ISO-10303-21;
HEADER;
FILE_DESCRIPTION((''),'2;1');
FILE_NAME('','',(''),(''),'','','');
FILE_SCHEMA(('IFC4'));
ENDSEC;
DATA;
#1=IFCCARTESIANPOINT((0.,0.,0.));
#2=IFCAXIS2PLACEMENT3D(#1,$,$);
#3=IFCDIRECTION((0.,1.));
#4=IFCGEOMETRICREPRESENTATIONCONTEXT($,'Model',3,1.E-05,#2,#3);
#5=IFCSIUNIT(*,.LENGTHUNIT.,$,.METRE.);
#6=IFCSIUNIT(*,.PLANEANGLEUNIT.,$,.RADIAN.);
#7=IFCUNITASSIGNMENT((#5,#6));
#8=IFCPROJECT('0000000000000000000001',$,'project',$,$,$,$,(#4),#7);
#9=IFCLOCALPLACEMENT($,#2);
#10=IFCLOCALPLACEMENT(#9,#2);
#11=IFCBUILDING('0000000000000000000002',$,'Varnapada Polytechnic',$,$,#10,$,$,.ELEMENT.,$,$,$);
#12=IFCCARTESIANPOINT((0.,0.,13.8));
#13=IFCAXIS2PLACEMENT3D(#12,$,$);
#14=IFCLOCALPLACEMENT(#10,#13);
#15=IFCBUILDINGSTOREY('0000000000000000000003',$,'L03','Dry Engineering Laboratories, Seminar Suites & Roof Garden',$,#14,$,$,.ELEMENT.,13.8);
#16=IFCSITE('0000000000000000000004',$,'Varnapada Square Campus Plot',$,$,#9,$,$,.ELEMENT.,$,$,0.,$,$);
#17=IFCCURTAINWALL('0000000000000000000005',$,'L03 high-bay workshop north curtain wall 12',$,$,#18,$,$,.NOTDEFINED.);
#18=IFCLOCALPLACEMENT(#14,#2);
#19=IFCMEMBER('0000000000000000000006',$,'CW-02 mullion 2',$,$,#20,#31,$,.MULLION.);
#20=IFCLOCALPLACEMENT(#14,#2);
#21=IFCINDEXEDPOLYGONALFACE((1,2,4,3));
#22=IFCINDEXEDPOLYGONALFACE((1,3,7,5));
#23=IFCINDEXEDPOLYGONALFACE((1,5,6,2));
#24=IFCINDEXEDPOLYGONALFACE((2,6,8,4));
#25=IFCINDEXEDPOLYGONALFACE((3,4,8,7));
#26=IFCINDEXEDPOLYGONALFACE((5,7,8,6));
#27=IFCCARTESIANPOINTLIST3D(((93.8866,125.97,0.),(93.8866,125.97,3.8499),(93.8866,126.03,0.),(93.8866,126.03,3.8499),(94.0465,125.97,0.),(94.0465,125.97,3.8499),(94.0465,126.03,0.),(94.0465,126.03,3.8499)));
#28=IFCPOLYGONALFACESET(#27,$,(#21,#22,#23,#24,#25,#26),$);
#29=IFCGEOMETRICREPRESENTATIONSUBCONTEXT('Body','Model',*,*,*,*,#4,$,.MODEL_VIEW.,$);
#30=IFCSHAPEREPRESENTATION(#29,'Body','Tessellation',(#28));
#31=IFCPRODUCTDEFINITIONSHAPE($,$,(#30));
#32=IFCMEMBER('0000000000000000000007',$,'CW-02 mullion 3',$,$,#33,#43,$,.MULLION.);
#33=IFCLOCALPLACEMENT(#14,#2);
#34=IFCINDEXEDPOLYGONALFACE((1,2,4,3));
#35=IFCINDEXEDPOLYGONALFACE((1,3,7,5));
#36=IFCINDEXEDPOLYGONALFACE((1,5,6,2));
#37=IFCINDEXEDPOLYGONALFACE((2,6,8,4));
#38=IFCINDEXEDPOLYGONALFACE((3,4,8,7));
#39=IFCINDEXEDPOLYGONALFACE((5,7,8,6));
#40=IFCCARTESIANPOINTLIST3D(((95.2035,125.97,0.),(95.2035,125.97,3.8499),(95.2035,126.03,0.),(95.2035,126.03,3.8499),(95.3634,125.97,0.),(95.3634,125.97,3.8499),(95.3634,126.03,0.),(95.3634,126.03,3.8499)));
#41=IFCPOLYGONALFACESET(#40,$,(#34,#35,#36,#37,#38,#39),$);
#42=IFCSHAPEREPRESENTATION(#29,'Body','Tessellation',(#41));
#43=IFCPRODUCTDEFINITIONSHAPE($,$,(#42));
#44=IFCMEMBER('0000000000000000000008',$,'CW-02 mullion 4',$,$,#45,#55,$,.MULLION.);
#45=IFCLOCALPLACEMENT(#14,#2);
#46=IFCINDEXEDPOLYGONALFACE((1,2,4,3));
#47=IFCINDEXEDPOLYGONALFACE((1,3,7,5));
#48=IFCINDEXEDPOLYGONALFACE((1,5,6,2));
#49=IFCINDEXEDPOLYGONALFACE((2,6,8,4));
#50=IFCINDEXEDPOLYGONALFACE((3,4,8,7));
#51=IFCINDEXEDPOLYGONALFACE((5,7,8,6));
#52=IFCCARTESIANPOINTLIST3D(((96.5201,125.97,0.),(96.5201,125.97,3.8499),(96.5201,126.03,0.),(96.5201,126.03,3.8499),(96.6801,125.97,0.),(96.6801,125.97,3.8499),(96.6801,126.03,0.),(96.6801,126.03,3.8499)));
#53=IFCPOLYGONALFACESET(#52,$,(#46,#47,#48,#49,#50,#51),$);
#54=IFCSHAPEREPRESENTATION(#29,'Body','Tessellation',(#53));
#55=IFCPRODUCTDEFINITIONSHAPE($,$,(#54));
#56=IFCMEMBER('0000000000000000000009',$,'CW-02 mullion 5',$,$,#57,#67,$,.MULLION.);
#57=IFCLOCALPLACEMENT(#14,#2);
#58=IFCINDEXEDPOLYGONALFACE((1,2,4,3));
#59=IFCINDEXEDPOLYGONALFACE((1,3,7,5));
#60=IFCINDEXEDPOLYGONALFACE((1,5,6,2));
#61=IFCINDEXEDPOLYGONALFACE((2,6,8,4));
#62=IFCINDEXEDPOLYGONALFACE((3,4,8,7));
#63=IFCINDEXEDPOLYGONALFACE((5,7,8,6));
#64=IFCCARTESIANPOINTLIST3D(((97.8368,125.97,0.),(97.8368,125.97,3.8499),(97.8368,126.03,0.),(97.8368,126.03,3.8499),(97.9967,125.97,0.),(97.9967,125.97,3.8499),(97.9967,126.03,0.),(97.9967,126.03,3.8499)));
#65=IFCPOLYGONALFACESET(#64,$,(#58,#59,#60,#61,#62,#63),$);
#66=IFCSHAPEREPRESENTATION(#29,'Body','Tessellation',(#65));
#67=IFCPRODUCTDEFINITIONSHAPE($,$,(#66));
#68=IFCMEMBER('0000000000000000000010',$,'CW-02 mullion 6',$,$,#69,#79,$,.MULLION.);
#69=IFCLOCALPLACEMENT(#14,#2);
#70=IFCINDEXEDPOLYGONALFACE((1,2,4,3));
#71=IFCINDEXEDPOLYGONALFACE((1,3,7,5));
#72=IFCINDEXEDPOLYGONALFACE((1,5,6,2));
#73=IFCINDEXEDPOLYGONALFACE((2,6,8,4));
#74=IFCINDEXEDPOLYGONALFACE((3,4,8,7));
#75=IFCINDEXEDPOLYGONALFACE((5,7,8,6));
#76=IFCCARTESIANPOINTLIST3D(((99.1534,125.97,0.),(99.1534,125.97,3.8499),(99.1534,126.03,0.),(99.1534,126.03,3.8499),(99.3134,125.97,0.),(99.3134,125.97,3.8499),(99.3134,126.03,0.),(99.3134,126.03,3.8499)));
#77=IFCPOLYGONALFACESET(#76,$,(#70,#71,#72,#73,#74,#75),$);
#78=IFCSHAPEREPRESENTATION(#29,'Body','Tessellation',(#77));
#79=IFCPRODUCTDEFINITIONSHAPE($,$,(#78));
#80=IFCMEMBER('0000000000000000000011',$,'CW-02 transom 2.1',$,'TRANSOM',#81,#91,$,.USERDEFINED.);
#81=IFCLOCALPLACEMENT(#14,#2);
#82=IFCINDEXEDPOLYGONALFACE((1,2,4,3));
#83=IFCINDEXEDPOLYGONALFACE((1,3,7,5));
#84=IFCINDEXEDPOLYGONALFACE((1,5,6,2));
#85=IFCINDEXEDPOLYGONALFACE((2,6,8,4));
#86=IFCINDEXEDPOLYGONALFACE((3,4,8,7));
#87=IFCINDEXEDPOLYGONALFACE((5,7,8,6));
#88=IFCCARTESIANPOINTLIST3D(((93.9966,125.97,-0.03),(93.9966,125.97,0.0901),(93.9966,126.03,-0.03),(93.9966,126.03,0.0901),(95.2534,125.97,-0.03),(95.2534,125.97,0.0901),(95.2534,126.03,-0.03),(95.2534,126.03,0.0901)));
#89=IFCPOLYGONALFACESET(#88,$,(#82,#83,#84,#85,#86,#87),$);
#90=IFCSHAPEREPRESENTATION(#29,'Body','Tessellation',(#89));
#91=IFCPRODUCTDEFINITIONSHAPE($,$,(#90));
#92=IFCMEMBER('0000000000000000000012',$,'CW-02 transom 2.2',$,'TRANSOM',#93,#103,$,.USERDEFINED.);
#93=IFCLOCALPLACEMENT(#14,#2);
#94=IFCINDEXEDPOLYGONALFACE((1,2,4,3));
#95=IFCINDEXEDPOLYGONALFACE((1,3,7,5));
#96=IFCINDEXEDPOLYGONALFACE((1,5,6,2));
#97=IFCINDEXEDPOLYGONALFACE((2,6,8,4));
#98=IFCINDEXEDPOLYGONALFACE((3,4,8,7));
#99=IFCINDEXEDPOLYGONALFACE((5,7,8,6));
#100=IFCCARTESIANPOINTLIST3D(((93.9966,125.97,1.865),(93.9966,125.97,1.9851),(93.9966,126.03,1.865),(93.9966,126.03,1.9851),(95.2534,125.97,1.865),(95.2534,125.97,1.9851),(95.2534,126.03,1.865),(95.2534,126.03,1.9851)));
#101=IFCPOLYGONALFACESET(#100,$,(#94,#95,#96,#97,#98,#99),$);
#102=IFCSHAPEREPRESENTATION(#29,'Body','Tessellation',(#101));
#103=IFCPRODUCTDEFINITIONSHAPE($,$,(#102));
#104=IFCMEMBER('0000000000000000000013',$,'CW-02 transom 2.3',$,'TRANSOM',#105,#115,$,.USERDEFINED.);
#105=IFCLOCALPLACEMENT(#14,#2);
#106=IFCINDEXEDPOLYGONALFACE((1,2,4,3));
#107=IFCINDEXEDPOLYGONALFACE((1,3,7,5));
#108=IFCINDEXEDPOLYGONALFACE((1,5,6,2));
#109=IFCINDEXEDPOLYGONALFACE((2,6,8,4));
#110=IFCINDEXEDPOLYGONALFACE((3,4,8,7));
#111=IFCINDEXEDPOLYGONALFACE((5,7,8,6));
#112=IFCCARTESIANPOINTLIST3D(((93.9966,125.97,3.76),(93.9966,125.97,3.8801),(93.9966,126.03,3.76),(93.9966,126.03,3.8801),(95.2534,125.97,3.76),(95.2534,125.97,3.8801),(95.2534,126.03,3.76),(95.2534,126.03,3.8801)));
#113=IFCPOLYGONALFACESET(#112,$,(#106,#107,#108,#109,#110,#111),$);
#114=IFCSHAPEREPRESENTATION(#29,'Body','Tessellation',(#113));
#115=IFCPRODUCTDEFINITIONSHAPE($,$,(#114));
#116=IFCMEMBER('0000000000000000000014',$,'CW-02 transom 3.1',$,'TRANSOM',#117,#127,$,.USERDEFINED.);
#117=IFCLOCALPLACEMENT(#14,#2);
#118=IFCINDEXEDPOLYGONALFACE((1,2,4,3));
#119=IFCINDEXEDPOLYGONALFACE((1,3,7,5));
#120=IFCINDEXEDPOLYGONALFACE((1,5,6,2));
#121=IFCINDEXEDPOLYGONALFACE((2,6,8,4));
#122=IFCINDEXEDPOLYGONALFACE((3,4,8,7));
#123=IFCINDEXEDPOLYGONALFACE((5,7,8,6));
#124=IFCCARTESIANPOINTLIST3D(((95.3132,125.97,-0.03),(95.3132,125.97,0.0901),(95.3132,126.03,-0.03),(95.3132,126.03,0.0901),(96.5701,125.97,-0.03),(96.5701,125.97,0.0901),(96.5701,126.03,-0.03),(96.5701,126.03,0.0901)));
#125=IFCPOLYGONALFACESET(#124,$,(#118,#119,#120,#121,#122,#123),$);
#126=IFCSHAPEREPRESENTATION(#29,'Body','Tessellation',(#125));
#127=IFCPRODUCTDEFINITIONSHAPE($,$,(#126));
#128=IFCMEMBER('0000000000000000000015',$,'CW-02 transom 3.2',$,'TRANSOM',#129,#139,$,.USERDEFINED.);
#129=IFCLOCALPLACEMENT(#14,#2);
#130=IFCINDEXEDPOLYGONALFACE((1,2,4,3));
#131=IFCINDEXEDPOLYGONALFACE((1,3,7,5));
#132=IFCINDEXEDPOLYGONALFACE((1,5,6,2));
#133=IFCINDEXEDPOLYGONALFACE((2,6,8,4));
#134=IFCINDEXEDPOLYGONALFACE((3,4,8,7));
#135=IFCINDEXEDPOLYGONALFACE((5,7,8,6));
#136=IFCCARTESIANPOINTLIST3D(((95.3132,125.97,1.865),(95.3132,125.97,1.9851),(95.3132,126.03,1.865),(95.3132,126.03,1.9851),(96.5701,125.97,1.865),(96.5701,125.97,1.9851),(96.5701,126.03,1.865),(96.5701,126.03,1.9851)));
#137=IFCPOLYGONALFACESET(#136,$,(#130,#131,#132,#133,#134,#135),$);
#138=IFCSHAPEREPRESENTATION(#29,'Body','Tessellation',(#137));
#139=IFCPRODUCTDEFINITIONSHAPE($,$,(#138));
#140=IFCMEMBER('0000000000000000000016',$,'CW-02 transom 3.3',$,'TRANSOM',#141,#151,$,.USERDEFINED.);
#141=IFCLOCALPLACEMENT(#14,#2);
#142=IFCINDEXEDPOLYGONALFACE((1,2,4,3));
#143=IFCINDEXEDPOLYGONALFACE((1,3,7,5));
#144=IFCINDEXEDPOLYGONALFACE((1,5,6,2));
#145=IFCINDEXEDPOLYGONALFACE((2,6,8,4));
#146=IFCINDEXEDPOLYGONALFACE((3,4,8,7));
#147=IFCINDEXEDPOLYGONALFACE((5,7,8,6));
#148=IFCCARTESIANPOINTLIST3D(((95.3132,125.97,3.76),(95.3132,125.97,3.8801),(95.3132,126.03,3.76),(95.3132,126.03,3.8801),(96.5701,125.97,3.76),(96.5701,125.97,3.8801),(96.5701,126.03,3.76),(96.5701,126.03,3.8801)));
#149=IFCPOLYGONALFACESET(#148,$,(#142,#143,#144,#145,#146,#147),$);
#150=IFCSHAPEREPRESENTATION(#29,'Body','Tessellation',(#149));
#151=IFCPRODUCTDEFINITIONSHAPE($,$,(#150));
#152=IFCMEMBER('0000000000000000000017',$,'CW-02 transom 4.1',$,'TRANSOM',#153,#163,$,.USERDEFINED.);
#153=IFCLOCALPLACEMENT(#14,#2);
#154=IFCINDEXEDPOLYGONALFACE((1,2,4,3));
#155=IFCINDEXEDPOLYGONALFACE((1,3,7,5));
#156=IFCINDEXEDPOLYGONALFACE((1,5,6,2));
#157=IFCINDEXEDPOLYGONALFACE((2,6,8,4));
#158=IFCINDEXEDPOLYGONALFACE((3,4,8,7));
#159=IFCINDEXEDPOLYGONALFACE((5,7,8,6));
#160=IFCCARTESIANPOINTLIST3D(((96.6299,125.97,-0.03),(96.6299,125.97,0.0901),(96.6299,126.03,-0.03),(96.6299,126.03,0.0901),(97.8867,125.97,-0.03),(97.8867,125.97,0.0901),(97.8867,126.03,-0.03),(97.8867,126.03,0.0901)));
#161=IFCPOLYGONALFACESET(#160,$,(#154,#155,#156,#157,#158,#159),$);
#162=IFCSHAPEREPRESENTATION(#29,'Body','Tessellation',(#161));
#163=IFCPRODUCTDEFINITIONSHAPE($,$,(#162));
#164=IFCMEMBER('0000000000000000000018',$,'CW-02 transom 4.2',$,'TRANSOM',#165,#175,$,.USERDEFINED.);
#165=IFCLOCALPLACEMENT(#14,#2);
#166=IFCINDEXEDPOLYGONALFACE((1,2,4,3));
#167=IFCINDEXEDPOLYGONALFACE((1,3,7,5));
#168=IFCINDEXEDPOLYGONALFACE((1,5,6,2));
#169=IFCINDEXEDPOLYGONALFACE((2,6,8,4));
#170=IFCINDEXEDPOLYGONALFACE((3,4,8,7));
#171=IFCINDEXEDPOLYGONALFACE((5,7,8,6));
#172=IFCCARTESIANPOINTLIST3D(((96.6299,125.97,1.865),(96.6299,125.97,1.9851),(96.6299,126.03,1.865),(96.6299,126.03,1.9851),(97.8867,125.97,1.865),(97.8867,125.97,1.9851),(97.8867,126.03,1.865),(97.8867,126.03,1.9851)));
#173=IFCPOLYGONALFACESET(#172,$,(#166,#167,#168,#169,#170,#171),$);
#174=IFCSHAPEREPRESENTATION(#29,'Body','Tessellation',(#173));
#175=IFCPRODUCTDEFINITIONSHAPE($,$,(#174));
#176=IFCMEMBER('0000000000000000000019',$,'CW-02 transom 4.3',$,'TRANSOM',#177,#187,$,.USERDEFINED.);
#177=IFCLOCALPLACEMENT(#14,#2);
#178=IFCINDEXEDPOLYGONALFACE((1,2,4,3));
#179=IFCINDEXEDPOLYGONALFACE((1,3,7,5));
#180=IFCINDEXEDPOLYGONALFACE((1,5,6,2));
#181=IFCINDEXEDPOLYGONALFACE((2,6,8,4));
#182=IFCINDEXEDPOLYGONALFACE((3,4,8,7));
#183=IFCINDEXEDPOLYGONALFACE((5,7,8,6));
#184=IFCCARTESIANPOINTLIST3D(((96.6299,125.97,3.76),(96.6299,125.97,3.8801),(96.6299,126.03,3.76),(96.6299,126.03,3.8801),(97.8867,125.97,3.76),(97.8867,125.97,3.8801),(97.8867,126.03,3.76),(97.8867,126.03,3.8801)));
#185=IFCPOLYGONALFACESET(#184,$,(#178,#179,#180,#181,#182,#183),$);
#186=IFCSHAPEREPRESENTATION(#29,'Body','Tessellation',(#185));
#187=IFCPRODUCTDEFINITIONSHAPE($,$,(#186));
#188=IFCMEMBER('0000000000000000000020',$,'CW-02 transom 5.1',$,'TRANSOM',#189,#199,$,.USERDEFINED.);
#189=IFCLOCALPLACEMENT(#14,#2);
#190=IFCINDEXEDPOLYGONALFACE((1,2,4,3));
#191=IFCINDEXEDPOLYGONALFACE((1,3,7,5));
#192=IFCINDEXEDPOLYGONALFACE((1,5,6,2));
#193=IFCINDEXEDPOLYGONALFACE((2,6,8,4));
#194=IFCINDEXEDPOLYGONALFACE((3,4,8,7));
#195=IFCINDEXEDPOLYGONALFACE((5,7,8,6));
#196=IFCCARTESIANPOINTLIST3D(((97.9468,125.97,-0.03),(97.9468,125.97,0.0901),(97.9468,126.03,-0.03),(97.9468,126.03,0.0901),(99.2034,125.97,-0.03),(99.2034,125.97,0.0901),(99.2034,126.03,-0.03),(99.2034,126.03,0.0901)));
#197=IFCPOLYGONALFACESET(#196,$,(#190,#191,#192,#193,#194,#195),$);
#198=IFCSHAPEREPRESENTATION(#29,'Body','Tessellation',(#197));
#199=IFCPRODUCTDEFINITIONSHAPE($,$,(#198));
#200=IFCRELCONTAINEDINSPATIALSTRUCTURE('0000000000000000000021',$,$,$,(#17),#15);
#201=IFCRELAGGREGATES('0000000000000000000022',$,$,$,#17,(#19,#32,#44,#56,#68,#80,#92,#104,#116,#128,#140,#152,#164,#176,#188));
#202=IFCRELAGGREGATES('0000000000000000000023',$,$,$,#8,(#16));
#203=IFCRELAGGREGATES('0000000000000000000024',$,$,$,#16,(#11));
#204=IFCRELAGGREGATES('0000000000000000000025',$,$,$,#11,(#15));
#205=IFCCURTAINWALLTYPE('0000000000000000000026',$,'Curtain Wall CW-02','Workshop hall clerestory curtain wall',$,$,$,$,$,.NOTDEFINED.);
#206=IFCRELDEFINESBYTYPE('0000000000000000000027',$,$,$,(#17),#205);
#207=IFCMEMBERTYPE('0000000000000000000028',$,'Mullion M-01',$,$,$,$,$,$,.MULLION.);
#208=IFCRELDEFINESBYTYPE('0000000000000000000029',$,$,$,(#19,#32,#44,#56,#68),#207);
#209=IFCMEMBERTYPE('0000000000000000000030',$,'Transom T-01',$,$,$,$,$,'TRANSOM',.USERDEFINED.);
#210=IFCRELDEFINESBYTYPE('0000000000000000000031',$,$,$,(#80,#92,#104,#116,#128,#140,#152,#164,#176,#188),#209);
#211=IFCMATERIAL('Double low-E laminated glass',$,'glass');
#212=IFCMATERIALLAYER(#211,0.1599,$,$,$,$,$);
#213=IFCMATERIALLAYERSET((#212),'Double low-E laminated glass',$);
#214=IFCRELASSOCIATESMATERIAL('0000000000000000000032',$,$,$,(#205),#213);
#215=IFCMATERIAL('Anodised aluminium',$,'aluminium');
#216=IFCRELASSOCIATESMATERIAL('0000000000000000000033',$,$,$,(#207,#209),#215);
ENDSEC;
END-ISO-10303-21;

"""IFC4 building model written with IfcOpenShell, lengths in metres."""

from ifc_helpers import new_model, si_unit, direction, frame, origin, origin_2d, place, context, subcontext, project, spatial, rectangle, extrude, material, layer, layer_set, material_profile, profile_set, type_object, element, aggregate, save


model = new_model("IFC4")

# Units and contexts
model_context = context("Model", 3, precision=1e-05, world=origin(), true_north=direction((0.0, 1.0)))
body_context = subcontext(model_context, "Body", "Model", "MODEL_VIEW")
ifc_project = project(units=[si_unit("LENGTHUNIT", "METRE"), si_unit("PLANEANGLEUNIT", "RADIAN")], contexts=[model_context])

# Site, building, storey
site_placement = place(None, origin())
site = spatial("IfcSite", under=ifc_project, at=site_placement, Name="Varnapada Square Campus Plot", CompositionType="ELEMENT", RefElevation=0.0)
building_placement = place(site_placement, origin())
building = spatial("IfcBuilding", under=site, at=building_placement, Name="Varnapada Polytechnic", CompositionType="ELEMENT")
storey_placement = place(building_placement, frame((0.0, 0.0, 13.8)))
storey = spatial("IfcBuildingStorey", under=building, at=storey_placement, Name="L03", Description="Dry Engineering Laboratories, Seminar Suites & Roof Garden", CompositionType="ELEMENT", Elevation=13.8)

# Curtain wall, members
ifc_material_1 = material(Name="Double low-E laminated glass", Category="glass")
ifc_layer_1 = layer(ifc_material_1, 0.1599)
ifc_layer_set_1 = layer_set([ifc_layer_1], Name="Double low-E laminated glass")
curtain_wall_type = type_object("IfcCurtainWallType", Name="Curtain Wall CW-02", Description="Workshop hall clerestory curtain wall", PredefinedType="NOTDEFINED", material=ifc_layer_set_1)
curtain_wall_placement = place(storey_placement, origin())
curtain_wall = element("IfcCurtainWall", 1, at=curtain_wall_placement, inside=storey, type_object=curtain_wall_type, Name="L03 high-bay workshop north curtain wall 12", PredefinedType="NOTDEFINED")
ifc_material_2 = material(Name="Anodised aluminium", Category="aluminium")
ifc_material_profile_1 = material_profile(ifc_material_2, rectangle(XDim=0.0601, YDim=0.1599, at=origin_2d()), Name="ALU M60x160")
ifc_profile_set_1 = profile_set([ifc_material_profile_1], Name="Anodised aluminium")
member_type_1 = type_object("IfcMemberType", Name="Mullion M-01", PredefinedType="MULLION", material=ifc_profile_set_1)
member_1_placement = place(storey_placement, frame((93.9666, 126.0, 0.0), z_axis=(0.0, 0.0, 1.0), x_axis=(0.0, 1.0, 0.0)))
member_1 = element("IfcMember", 2, at=member_1_placement, type_object=member_type_1, Name="CW-02 mullion 2", PredefinedType="MULLION", context=body_context, shape_type="SweptSolid", body=[
    extrude(rectangle(XDim=0.0601, YDim=0.1599, at=origin_2d()), origin(), (0.0, 0.0, 1.0), 3.8499),
])
member_2_placement = place(storey_placement, frame((95.2834, 126.0, 0.0), z_axis=(0.0, 0.0, 1.0), x_axis=(0.0, 1.0, 0.0)))
member_2 = element("IfcMember", 3, at=member_2_placement, type_object=member_type_1, Name="CW-02 mullion 3", PredefinedType="MULLION", context=body_context, shape_type="SweptSolid", body=[
    extrude(rectangle(XDim=0.0601, YDim=0.1599, at=origin_2d()), origin(), (0.0, 0.0, 1.0), 3.8499),
])
member_3_placement = place(storey_placement, frame((96.6001, 126.0, 0.0), z_axis=(0.0, 0.0, 1.0), x_axis=(0.0, 1.0, 0.0)))
member_3 = element("IfcMember", 4, at=member_3_placement, type_object=member_type_1, Name="CW-02 mullion 4", PredefinedType="MULLION", context=body_context, shape_type="SweptSolid", body=[
    extrude(rectangle(XDim=0.0601, YDim=0.1599, at=origin_2d()), origin(), (0.0, 0.0, 1.0), 3.8499),
])
member_4_placement = place(storey_placement, frame((97.9167, 126.0, 0.0), z_axis=(0.0, 0.0, 1.0), x_axis=(0.0, 1.0, 0.0)))
member_4 = element("IfcMember", 5, at=member_4_placement, type_object=member_type_1, Name="CW-02 mullion 5", PredefinedType="MULLION", context=body_context, shape_type="SweptSolid", body=[
    extrude(rectangle(XDim=0.0601, YDim=0.1599, at=origin_2d()), origin(), (0.0, 0.0, 1.0), 3.8499),
])
member_5_placement = place(storey_placement, frame((99.2334, 126.0, 0.0), z_axis=(0.0, 0.0, 1.0), x_axis=(0.0, 1.0, 0.0)))
member_5 = element("IfcMember", 6, at=member_5_placement, type_object=member_type_1, Name="CW-02 mullion 6", PredefinedType="MULLION", context=body_context, shape_type="SweptSolid", body=[
    extrude(rectangle(XDim=0.0601, YDim=0.1599, at=origin_2d()), origin(), (0.0, 0.0, 1.0), 3.8499),
])
ifc_material_profile_2 = material_profile(ifc_material_2, rectangle(XDim=0.0601, YDim=0.1201, at=origin_2d()), Name="ALU T60x120")
ifc_profile_set_2 = profile_set([ifc_material_profile_2], Name="Anodised aluminium")
member_type_2 = type_object("IfcMemberType", Name="Transom T-01", ElementType="TRANSOM", PredefinedType="USERDEFINED", material=ifc_profile_set_2)
member_6_placement = place(storey_placement, frame((93.9966, 126.0, 0.03), z_axis=(1.0, 0.0, 0.0), x_axis=(0.0, 1.0, 0.0)))
member_6 = element("IfcMember", 7, at=member_6_placement, type_object=member_type_2, Name="CW-02 transom 2.1", ObjectType="TRANSOM", PredefinedType="USERDEFINED", context=body_context, shape_type="SweptSolid", body=[
    extrude(rectangle(XDim=0.0601, YDim=0.1201, at=origin_2d()), origin(), (0.0, 0.0, 1.0), 1.2568),
])
member_7_placement = place(storey_placement, frame((93.9966, 126.0, 1.925), z_axis=(1.0, 0.0, 0.0), x_axis=(0.0, 1.0, 0.0)))
member_7 = element("IfcMember", 8, at=member_7_placement, type_object=member_type_2, Name="CW-02 transom 2.2", ObjectType="TRANSOM", PredefinedType="USERDEFINED", context=body_context, shape_type="SweptSolid", body=[
    extrude(rectangle(XDim=0.0601, YDim=0.1201, at=origin_2d()), origin(), (0.0, 0.0, 1.0), 1.2568),
])
member_8_placement = place(storey_placement, frame((93.9966, 126.0, 3.8201), z_axis=(1.0, 0.0, 0.0), x_axis=(0.0, 1.0, 0.0)))
member_8 = element("IfcMember", 9, at=member_8_placement, type_object=member_type_2, Name="CW-02 transom 2.3", ObjectType="TRANSOM", PredefinedType="USERDEFINED", context=body_context, shape_type="SweptSolid", body=[
    extrude(rectangle(XDim=0.0601, YDim=0.1201, at=origin_2d()), origin(), (0.0, 0.0, 1.0), 1.2568),
])
member_9_placement = place(storey_placement, frame((95.3132, 126.0, 0.03), z_axis=(1.0, 0.0, 0.0), x_axis=(0.0, 1.0, 0.0)))
member_9 = element("IfcMember", 10, at=member_9_placement, type_object=member_type_2, Name="CW-02 transom 3.1", ObjectType="TRANSOM", PredefinedType="USERDEFINED", context=body_context, shape_type="SweptSolid", body=[
    extrude(rectangle(XDim=0.0601, YDim=0.1201, at=origin_2d()), origin(), (0.0, 0.0, 1.0), 1.2568),
])
member_10_placement = place(storey_placement, frame((95.3132, 126.0, 1.925), z_axis=(1.0, 0.0, 0.0), x_axis=(0.0, 1.0, 0.0)))
member_10 = element("IfcMember", 11, at=member_10_placement, type_object=member_type_2, Name="CW-02 transom 3.2", ObjectType="TRANSOM", PredefinedType="USERDEFINED", context=body_context, shape_type="SweptSolid", body=[
    extrude(rectangle(XDim=0.0601, YDim=0.1201, at=origin_2d()), origin(), (0.0, 0.0, 1.0), 1.2568),
])
member_11_placement = place(storey_placement, frame((95.3132, 126.0, 3.8201), z_axis=(1.0, 0.0, 0.0), x_axis=(0.0, 1.0, 0.0)))
member_11 = element("IfcMember", 12, at=member_11_placement, type_object=member_type_2, Name="CW-02 transom 3.3", ObjectType="TRANSOM", PredefinedType="USERDEFINED", context=body_context, shape_type="SweptSolid", body=[
    extrude(rectangle(XDim=0.0601, YDim=0.1201, at=origin_2d()), origin(), (0.0, 0.0, 1.0), 1.2568),
])
member_12_placement = place(storey_placement, frame((96.6299, 126.0, 0.03), z_axis=(1.0, 0.0, 0.0), x_axis=(0.0, 1.0, 0.0)))
member_12 = element("IfcMember", 13, at=member_12_placement, type_object=member_type_2, Name="CW-02 transom 4.1", ObjectType="TRANSOM", PredefinedType="USERDEFINED", context=body_context, shape_type="SweptSolid", body=[
    extrude(rectangle(XDim=0.0601, YDim=0.1201, at=origin_2d()), origin(), (0.0, 0.0, 1.0), 1.2568),
])
member_13_placement = place(storey_placement, frame((96.6299, 126.0, 1.925), z_axis=(1.0, 0.0, 0.0), x_axis=(0.0, 1.0, 0.0)))
member_13 = element("IfcMember", 14, at=member_13_placement, type_object=member_type_2, Name="CW-02 transom 4.2", ObjectType="TRANSOM", PredefinedType="USERDEFINED", context=body_context, shape_type="SweptSolid", body=[
    extrude(rectangle(XDim=0.0601, YDim=0.1201, at=origin_2d()), origin(), (0.0, 0.0, 1.0), 1.2568),
])
member_14_placement = place(storey_placement, frame((96.6299, 126.0, 3.8201), z_axis=(1.0, 0.0, 0.0), x_axis=(0.0, 1.0, 0.0)))
member_14 = element("IfcMember", 15, at=member_14_placement, type_object=member_type_2, Name="CW-02 transom 4.3", ObjectType="TRANSOM", PredefinedType="USERDEFINED", context=body_context, shape_type="SweptSolid", body=[
    extrude(rectangle(XDim=0.0601, YDim=0.1201, at=origin_2d()), origin(), (0.0, 0.0, 1.0), 1.2568),
])
member_15_placement = place(storey_placement, frame((97.9468, 126.0, 0.03), z_axis=(1.0, 0.0, 0.0), x_axis=(0.0, 1.0, 0.0)))
member_15 = element("IfcMember", 16, at=member_15_placement, type_object=member_type_2, Name="CW-02 transom 5.1", ObjectType="TRANSOM", PredefinedType="USERDEFINED", context=body_context, shape_type="SweptSolid", body=[
    extrude(rectangle(XDim=0.0601, YDim=0.1201, at=origin_2d()), origin(), (0.0, 0.0, 1.0), 1.2566),
])
aggregate(curtain_wall, [member_1, member_2, member_3, member_4, member_5, member_6, member_7, member_8, member_9, member_10, member_11, member_12, member_13, member_14, member_15])

save(model, "model.ifc")
